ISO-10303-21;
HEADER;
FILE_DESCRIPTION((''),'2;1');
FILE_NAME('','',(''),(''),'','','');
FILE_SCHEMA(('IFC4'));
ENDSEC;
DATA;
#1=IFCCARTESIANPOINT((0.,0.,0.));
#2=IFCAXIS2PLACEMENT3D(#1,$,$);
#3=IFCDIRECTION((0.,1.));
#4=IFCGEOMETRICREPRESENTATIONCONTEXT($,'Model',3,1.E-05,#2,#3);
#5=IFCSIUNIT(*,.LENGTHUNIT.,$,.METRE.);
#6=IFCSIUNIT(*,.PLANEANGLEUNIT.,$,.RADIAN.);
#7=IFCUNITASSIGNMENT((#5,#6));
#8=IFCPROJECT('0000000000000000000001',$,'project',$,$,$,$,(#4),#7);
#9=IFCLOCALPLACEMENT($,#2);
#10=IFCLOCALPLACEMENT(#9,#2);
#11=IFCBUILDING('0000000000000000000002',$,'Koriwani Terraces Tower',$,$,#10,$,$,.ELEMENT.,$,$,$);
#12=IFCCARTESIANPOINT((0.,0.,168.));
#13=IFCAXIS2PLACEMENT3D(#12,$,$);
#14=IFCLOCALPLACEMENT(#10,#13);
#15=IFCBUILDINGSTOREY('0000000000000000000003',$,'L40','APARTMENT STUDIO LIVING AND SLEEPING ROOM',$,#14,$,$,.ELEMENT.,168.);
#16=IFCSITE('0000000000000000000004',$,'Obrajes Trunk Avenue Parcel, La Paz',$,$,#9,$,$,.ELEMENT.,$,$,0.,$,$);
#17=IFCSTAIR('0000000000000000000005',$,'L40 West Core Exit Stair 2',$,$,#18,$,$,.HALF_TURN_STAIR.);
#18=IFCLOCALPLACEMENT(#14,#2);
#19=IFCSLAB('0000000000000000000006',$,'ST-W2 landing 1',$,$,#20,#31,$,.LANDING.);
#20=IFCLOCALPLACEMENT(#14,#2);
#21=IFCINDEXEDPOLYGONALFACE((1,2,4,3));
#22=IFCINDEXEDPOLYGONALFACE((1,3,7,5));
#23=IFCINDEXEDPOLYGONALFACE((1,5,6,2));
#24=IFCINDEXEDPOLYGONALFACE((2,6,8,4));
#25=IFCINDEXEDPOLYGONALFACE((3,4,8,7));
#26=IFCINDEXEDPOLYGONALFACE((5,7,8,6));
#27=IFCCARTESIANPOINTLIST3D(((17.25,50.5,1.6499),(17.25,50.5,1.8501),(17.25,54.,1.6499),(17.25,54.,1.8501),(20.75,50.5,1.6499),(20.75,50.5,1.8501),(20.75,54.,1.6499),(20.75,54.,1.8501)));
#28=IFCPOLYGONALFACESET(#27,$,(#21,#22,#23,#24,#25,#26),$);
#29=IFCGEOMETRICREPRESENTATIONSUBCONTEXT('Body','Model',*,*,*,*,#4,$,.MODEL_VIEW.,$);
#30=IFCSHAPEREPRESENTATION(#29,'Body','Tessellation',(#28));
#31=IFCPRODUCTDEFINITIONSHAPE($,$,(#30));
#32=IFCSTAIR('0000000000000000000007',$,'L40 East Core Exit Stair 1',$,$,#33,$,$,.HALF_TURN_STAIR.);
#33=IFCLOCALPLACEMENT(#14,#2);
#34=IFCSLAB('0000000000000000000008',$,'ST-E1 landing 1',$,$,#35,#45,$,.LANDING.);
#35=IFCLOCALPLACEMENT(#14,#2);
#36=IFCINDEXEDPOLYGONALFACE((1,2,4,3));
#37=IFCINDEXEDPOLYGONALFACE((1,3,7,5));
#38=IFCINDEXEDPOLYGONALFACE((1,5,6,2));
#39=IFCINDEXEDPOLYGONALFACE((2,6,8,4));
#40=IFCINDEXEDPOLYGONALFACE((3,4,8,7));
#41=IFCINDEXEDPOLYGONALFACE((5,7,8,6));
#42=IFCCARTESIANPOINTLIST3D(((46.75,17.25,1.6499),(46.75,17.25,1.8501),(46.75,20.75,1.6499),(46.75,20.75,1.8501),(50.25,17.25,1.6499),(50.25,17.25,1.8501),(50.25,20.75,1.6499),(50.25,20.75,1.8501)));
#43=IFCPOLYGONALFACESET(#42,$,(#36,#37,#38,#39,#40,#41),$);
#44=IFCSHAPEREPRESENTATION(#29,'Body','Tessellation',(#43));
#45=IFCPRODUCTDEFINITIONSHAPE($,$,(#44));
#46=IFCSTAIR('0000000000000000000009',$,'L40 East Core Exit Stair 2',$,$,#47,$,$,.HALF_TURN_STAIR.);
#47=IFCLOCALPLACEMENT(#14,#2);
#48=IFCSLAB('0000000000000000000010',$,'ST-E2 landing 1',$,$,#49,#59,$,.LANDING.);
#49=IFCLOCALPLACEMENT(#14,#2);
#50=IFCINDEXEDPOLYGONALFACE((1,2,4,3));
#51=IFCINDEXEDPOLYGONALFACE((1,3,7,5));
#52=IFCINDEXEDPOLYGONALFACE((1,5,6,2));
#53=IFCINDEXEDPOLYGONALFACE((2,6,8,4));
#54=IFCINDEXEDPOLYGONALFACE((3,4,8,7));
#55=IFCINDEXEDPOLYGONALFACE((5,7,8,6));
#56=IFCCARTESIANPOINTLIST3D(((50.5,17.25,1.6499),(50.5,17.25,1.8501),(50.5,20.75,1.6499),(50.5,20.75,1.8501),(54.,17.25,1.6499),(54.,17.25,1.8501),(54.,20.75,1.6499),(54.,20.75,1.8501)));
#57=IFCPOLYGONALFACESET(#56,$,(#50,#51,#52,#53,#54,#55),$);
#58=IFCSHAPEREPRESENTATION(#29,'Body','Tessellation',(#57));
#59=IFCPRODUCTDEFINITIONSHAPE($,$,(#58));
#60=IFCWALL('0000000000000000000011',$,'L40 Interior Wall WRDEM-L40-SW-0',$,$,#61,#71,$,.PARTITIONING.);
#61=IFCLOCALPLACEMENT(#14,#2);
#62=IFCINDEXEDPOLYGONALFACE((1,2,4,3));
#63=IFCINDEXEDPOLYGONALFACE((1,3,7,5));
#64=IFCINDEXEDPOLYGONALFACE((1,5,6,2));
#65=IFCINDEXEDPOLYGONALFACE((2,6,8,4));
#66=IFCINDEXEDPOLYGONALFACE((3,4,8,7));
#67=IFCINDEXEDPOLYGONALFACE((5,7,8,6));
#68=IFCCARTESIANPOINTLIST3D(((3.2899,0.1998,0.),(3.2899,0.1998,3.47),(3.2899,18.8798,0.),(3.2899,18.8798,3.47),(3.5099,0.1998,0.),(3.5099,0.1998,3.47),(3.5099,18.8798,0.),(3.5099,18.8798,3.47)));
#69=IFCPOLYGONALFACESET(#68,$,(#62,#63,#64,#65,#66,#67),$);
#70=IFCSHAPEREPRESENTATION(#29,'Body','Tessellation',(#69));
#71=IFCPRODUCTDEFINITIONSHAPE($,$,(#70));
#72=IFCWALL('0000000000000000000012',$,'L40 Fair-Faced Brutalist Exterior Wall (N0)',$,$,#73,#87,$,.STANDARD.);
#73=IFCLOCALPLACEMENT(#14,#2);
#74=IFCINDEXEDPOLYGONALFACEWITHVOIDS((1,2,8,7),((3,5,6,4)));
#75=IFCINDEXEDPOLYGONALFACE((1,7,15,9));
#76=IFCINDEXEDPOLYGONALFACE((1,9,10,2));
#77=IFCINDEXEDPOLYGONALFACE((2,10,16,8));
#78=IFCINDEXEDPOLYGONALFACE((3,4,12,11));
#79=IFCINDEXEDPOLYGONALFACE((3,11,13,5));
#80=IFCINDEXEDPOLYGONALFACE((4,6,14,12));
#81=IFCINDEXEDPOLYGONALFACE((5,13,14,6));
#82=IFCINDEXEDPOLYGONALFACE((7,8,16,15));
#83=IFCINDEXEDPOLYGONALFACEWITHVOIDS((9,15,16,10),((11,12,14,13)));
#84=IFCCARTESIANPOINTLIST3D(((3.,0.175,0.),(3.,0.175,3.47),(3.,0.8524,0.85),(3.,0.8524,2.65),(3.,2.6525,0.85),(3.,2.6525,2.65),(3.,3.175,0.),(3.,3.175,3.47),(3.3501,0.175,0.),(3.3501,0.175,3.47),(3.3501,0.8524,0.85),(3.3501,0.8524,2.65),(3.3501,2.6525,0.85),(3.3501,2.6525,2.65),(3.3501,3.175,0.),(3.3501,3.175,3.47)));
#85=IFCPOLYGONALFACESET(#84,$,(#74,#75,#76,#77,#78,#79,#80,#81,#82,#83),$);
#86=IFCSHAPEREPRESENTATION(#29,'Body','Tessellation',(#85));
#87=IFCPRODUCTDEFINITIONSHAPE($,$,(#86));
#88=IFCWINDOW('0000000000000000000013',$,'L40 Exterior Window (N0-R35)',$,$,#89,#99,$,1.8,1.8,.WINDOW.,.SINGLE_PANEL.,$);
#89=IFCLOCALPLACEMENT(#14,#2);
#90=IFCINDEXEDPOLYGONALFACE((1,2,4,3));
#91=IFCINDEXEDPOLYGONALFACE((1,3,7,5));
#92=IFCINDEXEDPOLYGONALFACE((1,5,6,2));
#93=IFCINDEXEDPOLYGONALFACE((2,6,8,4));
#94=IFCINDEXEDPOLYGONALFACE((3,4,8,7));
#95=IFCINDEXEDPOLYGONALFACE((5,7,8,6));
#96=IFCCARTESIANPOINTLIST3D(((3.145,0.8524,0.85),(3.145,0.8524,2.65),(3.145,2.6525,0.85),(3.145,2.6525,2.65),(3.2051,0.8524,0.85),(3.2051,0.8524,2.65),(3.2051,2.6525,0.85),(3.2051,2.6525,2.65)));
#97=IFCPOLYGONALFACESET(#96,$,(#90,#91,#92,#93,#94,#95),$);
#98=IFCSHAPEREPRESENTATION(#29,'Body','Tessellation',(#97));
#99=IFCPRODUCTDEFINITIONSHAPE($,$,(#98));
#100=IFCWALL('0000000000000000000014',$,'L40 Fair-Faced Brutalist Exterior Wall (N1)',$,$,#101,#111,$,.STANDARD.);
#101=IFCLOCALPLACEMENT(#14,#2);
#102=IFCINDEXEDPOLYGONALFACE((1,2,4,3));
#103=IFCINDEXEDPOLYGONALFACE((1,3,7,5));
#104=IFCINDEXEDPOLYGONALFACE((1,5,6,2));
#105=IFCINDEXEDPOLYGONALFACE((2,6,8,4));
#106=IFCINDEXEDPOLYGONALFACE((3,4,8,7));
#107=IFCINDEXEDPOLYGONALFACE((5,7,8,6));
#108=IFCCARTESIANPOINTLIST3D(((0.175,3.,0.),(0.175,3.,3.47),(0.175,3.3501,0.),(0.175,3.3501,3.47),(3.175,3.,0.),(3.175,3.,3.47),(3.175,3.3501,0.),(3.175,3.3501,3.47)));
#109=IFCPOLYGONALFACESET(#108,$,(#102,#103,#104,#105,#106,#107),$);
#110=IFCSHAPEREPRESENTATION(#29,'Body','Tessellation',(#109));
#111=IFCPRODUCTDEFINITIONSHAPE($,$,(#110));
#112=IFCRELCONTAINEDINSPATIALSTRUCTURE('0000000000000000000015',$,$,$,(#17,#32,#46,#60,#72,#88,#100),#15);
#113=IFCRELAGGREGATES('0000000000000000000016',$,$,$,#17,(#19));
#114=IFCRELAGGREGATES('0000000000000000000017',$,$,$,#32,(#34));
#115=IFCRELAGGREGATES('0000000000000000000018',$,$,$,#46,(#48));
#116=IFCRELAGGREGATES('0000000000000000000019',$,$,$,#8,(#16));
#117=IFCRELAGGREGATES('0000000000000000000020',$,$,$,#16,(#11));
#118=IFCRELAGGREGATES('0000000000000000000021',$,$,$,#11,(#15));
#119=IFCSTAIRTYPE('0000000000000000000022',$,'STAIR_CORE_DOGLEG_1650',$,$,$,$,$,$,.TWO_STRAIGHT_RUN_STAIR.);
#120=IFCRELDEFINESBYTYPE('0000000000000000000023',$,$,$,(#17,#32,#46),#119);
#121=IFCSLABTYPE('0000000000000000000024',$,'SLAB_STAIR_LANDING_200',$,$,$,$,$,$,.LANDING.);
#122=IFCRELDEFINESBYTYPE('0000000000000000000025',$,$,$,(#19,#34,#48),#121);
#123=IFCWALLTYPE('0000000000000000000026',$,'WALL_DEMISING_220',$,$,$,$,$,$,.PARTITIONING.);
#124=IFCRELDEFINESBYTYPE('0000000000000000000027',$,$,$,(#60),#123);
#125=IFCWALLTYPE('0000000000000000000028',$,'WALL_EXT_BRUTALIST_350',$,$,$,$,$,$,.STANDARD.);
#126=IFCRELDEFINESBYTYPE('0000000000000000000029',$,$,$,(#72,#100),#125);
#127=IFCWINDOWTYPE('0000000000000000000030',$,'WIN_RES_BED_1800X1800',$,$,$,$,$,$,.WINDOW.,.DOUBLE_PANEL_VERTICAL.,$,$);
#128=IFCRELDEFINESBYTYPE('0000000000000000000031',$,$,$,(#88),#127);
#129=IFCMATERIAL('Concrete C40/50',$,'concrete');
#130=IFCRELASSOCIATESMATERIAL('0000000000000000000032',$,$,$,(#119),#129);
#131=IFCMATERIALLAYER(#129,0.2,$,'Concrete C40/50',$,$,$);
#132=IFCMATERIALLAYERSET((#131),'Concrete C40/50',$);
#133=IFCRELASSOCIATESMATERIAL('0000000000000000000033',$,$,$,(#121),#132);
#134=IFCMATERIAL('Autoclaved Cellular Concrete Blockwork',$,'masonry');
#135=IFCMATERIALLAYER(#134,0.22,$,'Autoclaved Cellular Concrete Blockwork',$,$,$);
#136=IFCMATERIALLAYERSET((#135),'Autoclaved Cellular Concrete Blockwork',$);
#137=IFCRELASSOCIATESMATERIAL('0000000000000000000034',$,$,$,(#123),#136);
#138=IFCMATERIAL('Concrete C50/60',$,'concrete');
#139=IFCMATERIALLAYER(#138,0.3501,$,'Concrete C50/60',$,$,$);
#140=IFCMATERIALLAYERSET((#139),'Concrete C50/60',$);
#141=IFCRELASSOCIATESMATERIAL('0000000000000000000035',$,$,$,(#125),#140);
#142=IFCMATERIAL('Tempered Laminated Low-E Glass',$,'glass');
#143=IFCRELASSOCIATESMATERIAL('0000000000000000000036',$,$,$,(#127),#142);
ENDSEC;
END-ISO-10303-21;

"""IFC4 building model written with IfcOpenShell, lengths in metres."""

from ifc_helpers import new_model, si_unit, direction, frame, frame_2d, origin, place, context, subcontext, project, spatial, polyline, rectangle, outline, extrude, material, layer, layer_set, type_object, element, fill, aggregate, save


model = new_model("IFC4")

# Units and contexts
model_context = context("Model", 3, precision=1e-05, world=origin(), true_north=direction((0.0, 1.0)))
body_context = subcontext(model_context, "Body", "Model", "MODEL_VIEW")
ifc_project = project(units=[si_unit("LENGTHUNIT", "METRE"), si_unit("PLANEANGLEUNIT", "RADIAN")], contexts=[model_context])

# Site, building, storey
site_placement = place(None, origin())
site = spatial("IfcSite", under=ifc_project, at=site_placement, Name="Obrajes Trunk Avenue Parcel, La Paz", CompositionType="ELEMENT", RefElevation=0.0)
building_placement = place(site_placement, origin())
building = spatial("IfcBuilding", under=site, at=building_placement, Name="Koriwani Terraces Tower", CompositionType="ELEMENT")
storey_placement = place(building_placement, frame((0.0, 0.0, 168.0)))
storey = spatial("IfcBuildingStorey", under=building, at=storey_placement, Name="L40", Description="APARTMENT STUDIO LIVING AND SLEEPING ROOM", CompositionType="ELEMENT", Elevation=168.0)

# Shared definitions
ifc_material_1 = material(Name="Concrete C50/60", Category="concrete")

# Shared definitions
ifc_material_2 = material(Name="Concrete C40/50", Category="concrete")

# Stairs, slabs
stair_type = type_object("IfcStairType", Name="STAIR_CORE_DOGLEG_1650", PredefinedType="TWO_STRAIGHT_RUN_STAIR", material=ifc_material_2)
ifc_layer_1 = layer(ifc_material_2, 0.2, Name="Concrete C40/50")
ifc_layer_set_1 = layer_set([ifc_layer_1], Name="Concrete C40/50")
slab_type_1 = type_object("IfcSlabType", Name="SLAB_STAIR_LANDING_200", PredefinedType="LANDING", material=ifc_layer_set_1)
stair_1_placement = place(storey_placement, origin())
stair_1 = element("IfcStair", 1, at=stair_1_placement, inside=storey, type_object=stair_type, Name="L40 West Core Exit Stair 2", PredefinedType="HALF_TURN_STAIR")
slab_1_placement = place(storey_placement, frame((0.0, 0.0, 1.6499)))
slab_1 = element("IfcSlab", 2, at=slab_1_placement, type_object=slab_type_1, Name="ST-W2 landing 1", PredefinedType="LANDING", context=body_context, shape_type="SweptSolid", body=[
    extrude(outline(polyline([(17.25, 54.0), (17.25, 50.5), (20.75, 50.5), (20.75, 54.0), (17.25, 54.0)])), origin(), (0.0, 0.0, 1.0), 0.2002),
])
aggregate(stair_1, [slab_1])
stair_2_placement = place(storey_placement, origin())
stair_2 = element("IfcStair", 3, at=stair_2_placement, inside=storey, type_object=stair_type, Name="L40 East Core Exit Stair 1", PredefinedType="HALF_TURN_STAIR")
slab_2_placement = place(storey_placement, frame((0.0, 0.0, 1.6499)))
slab_2 = element("IfcSlab", 4, at=slab_2_placement, type_object=slab_type_1, Name="ST-E1 landing 1", PredefinedType="LANDING", context=body_context, shape_type="SweptSolid", body=[
    extrude(outline(polyline([(46.75, 17.25), (50.25, 17.25), (50.25, 20.75), (46.75, 20.75), (46.75, 17.25)])), origin(), (0.0, 0.0, 1.0), 0.2002),
])
aggregate(stair_2, [slab_2])
stair_3_placement = place(storey_placement, origin())
stair_3 = element("IfcStair", 5, at=stair_3_placement, inside=storey, type_object=stair_type, Name="L40 East Core Exit Stair 2", PredefinedType="HALF_TURN_STAIR")
slab_3_placement = place(storey_placement, frame((0.0, 0.0, 1.6499)))
slab_3 = element("IfcSlab", 6, at=slab_3_placement, type_object=slab_type_1, Name="ST-E2 landing 1", PredefinedType="LANDING", context=body_context, shape_type="SweptSolid", body=[
    extrude(outline(polyline([(54.0, 20.75), (50.5, 20.75), (50.5, 17.25), (54.0, 17.25), (54.0, 20.75)])), origin(), (0.0, 0.0, 1.0), 0.2002),
])
aggregate(stair_3, [slab_3])

# Wall
ifc_material_3 = material(Name="Autoclaved Cellular Concrete Blockwork", Category="masonry")
ifc_layer_2 = layer(ifc_material_3, 0.22, Name="Autoclaved Cellular Concrete Blockwork")
ifc_layer_set_2 = layer_set([ifc_layer_2], Name="Autoclaved Cellular Concrete Blockwork")
wall_type_1 = type_object("IfcWallType", Name="WALL_DEMISING_220", PredefinedType="PARTITIONING", material=ifc_layer_set_2)
wall_1_placement = place(storey_placement, frame((3.3999, 0.2, 0.0), z_axis=(0.0, 0.0, 1.0), x_axis=(0.0, 1.0, 0.0)))
element("IfcWall", 7, at=wall_1_placement, inside=storey, type_object=wall_type_1, Name="L40 Interior Wall WRDEM-L40-SW-0", PredefinedType="PARTITIONING", context=body_context, shape_type="SweptSolid", body=[
    extrude(rectangle(XDim=18.6799, YDim=0.22, at=frame_2d((9.3398, 0.0))), origin(), (0.0, 0.0, 1.0), 3.47),
])

# Wall, opening, window
ifc_layer_3 = layer(ifc_material_1, 0.3501, Name="Concrete C50/60")
ifc_layer_set_3 = layer_set([ifc_layer_3], Name="Concrete C50/60")
wall_type_2 = type_object("IfcWallType", Name="WALL_EXT_BRUTALIST_350", PredefinedType="STANDARD", material=ifc_layer_set_3)
wall_2_placement = place(storey_placement, frame((3.175, 0.175, 0.0), z_axis=(0.0, 0.0, 1.0), x_axis=(0.0, 1.0, 0.0)))
wall_2 = element("IfcWall", 8, at=wall_2_placement, inside=storey, type_object=wall_type_2, Name="L40 Fair-Faced Brutalist Exterior Wall (N0)", PredefinedType="STANDARD", context=body_context, shape_type="SweptSolid", body=[
    extrude(rectangle(XDim=3.0, YDim=0.3501, at=frame_2d((1.5, 0.0))), origin(), (0.0, 0.0, 1.0), 3.47),
])
opening_1_placement = place(wall_2_placement, frame((0.6775, 0.0, 0.8501)))
opening_1 = element("IfcOpeningElement", 9, at=opening_1_placement, cuts=wall_2, PredefinedType="OPENING", context=body_context, shape_type="SweptSolid", body=[
    extrude(rectangle(XDim=1.8, YDim=1.8, at=frame_2d((0.8999, 0.8999))), frame((0.0, 0.1851, 0.0), z_axis=(0.0, -1.0, 0.0), x_axis=(1.0, 0.0, 0.0)), (0.0, 0.0, 1.0), 0.3701),
])
ifc_material_4 = material(Name="Tempered Laminated Low-E Glass", Category="glass")
window_type_1 = type_object("IfcWindowType", Name="WIN_RES_BED_1800X1800", PartitioningType="DOUBLE_PANEL_VERTICAL", PredefinedType="WINDOW", material=ifc_material_4)
window_1_placement = place(opening_1_placement, origin())
window_1 = element("IfcWindow", 10, at=window_1_placement, inside=storey, type_object=window_type_1, Name="L40 Exterior Window (N0-R35)", OverallHeight=1.8, OverallWidth=1.8, PartitioningType="SINGLE_PANEL", PredefinedType="WINDOW", context=body_context, shape_type="SweptSolid", body=[
    extrude(rectangle(XDim=1.8, YDim=1.8, at=frame_2d((0.8999, 0.8999))), frame((0.0, 0.03, 0.0), z_axis=(0.0, -1.0, 0.0), x_axis=(1.0, 0.0, 0.0)), (0.0, 0.0, 1.0), 0.0601),
])
fill(opening_1, window_1)

# Wall
wall_3_placement = place(storey_placement, frame((3.175, 3.175, 0.0), z_axis=(0.0, 0.0, 1.0), x_axis=(-1.0, 0.0, 0.0)))
element("IfcWall", 11, at=wall_3_placement, inside=storey, type_object=wall_type_2, Name="L40 Fair-Faced Brutalist Exterior Wall (N1)", PredefinedType="STANDARD", context=body_context, shape_type="SweptSolid", body=[
    extrude(rectangle(XDim=3.0, YDim=0.3501, at=frame_2d((1.5, 0.0))), origin(), (0.0, 0.0, 1.0), 3.47),
])

save(model, "model.ifc")
